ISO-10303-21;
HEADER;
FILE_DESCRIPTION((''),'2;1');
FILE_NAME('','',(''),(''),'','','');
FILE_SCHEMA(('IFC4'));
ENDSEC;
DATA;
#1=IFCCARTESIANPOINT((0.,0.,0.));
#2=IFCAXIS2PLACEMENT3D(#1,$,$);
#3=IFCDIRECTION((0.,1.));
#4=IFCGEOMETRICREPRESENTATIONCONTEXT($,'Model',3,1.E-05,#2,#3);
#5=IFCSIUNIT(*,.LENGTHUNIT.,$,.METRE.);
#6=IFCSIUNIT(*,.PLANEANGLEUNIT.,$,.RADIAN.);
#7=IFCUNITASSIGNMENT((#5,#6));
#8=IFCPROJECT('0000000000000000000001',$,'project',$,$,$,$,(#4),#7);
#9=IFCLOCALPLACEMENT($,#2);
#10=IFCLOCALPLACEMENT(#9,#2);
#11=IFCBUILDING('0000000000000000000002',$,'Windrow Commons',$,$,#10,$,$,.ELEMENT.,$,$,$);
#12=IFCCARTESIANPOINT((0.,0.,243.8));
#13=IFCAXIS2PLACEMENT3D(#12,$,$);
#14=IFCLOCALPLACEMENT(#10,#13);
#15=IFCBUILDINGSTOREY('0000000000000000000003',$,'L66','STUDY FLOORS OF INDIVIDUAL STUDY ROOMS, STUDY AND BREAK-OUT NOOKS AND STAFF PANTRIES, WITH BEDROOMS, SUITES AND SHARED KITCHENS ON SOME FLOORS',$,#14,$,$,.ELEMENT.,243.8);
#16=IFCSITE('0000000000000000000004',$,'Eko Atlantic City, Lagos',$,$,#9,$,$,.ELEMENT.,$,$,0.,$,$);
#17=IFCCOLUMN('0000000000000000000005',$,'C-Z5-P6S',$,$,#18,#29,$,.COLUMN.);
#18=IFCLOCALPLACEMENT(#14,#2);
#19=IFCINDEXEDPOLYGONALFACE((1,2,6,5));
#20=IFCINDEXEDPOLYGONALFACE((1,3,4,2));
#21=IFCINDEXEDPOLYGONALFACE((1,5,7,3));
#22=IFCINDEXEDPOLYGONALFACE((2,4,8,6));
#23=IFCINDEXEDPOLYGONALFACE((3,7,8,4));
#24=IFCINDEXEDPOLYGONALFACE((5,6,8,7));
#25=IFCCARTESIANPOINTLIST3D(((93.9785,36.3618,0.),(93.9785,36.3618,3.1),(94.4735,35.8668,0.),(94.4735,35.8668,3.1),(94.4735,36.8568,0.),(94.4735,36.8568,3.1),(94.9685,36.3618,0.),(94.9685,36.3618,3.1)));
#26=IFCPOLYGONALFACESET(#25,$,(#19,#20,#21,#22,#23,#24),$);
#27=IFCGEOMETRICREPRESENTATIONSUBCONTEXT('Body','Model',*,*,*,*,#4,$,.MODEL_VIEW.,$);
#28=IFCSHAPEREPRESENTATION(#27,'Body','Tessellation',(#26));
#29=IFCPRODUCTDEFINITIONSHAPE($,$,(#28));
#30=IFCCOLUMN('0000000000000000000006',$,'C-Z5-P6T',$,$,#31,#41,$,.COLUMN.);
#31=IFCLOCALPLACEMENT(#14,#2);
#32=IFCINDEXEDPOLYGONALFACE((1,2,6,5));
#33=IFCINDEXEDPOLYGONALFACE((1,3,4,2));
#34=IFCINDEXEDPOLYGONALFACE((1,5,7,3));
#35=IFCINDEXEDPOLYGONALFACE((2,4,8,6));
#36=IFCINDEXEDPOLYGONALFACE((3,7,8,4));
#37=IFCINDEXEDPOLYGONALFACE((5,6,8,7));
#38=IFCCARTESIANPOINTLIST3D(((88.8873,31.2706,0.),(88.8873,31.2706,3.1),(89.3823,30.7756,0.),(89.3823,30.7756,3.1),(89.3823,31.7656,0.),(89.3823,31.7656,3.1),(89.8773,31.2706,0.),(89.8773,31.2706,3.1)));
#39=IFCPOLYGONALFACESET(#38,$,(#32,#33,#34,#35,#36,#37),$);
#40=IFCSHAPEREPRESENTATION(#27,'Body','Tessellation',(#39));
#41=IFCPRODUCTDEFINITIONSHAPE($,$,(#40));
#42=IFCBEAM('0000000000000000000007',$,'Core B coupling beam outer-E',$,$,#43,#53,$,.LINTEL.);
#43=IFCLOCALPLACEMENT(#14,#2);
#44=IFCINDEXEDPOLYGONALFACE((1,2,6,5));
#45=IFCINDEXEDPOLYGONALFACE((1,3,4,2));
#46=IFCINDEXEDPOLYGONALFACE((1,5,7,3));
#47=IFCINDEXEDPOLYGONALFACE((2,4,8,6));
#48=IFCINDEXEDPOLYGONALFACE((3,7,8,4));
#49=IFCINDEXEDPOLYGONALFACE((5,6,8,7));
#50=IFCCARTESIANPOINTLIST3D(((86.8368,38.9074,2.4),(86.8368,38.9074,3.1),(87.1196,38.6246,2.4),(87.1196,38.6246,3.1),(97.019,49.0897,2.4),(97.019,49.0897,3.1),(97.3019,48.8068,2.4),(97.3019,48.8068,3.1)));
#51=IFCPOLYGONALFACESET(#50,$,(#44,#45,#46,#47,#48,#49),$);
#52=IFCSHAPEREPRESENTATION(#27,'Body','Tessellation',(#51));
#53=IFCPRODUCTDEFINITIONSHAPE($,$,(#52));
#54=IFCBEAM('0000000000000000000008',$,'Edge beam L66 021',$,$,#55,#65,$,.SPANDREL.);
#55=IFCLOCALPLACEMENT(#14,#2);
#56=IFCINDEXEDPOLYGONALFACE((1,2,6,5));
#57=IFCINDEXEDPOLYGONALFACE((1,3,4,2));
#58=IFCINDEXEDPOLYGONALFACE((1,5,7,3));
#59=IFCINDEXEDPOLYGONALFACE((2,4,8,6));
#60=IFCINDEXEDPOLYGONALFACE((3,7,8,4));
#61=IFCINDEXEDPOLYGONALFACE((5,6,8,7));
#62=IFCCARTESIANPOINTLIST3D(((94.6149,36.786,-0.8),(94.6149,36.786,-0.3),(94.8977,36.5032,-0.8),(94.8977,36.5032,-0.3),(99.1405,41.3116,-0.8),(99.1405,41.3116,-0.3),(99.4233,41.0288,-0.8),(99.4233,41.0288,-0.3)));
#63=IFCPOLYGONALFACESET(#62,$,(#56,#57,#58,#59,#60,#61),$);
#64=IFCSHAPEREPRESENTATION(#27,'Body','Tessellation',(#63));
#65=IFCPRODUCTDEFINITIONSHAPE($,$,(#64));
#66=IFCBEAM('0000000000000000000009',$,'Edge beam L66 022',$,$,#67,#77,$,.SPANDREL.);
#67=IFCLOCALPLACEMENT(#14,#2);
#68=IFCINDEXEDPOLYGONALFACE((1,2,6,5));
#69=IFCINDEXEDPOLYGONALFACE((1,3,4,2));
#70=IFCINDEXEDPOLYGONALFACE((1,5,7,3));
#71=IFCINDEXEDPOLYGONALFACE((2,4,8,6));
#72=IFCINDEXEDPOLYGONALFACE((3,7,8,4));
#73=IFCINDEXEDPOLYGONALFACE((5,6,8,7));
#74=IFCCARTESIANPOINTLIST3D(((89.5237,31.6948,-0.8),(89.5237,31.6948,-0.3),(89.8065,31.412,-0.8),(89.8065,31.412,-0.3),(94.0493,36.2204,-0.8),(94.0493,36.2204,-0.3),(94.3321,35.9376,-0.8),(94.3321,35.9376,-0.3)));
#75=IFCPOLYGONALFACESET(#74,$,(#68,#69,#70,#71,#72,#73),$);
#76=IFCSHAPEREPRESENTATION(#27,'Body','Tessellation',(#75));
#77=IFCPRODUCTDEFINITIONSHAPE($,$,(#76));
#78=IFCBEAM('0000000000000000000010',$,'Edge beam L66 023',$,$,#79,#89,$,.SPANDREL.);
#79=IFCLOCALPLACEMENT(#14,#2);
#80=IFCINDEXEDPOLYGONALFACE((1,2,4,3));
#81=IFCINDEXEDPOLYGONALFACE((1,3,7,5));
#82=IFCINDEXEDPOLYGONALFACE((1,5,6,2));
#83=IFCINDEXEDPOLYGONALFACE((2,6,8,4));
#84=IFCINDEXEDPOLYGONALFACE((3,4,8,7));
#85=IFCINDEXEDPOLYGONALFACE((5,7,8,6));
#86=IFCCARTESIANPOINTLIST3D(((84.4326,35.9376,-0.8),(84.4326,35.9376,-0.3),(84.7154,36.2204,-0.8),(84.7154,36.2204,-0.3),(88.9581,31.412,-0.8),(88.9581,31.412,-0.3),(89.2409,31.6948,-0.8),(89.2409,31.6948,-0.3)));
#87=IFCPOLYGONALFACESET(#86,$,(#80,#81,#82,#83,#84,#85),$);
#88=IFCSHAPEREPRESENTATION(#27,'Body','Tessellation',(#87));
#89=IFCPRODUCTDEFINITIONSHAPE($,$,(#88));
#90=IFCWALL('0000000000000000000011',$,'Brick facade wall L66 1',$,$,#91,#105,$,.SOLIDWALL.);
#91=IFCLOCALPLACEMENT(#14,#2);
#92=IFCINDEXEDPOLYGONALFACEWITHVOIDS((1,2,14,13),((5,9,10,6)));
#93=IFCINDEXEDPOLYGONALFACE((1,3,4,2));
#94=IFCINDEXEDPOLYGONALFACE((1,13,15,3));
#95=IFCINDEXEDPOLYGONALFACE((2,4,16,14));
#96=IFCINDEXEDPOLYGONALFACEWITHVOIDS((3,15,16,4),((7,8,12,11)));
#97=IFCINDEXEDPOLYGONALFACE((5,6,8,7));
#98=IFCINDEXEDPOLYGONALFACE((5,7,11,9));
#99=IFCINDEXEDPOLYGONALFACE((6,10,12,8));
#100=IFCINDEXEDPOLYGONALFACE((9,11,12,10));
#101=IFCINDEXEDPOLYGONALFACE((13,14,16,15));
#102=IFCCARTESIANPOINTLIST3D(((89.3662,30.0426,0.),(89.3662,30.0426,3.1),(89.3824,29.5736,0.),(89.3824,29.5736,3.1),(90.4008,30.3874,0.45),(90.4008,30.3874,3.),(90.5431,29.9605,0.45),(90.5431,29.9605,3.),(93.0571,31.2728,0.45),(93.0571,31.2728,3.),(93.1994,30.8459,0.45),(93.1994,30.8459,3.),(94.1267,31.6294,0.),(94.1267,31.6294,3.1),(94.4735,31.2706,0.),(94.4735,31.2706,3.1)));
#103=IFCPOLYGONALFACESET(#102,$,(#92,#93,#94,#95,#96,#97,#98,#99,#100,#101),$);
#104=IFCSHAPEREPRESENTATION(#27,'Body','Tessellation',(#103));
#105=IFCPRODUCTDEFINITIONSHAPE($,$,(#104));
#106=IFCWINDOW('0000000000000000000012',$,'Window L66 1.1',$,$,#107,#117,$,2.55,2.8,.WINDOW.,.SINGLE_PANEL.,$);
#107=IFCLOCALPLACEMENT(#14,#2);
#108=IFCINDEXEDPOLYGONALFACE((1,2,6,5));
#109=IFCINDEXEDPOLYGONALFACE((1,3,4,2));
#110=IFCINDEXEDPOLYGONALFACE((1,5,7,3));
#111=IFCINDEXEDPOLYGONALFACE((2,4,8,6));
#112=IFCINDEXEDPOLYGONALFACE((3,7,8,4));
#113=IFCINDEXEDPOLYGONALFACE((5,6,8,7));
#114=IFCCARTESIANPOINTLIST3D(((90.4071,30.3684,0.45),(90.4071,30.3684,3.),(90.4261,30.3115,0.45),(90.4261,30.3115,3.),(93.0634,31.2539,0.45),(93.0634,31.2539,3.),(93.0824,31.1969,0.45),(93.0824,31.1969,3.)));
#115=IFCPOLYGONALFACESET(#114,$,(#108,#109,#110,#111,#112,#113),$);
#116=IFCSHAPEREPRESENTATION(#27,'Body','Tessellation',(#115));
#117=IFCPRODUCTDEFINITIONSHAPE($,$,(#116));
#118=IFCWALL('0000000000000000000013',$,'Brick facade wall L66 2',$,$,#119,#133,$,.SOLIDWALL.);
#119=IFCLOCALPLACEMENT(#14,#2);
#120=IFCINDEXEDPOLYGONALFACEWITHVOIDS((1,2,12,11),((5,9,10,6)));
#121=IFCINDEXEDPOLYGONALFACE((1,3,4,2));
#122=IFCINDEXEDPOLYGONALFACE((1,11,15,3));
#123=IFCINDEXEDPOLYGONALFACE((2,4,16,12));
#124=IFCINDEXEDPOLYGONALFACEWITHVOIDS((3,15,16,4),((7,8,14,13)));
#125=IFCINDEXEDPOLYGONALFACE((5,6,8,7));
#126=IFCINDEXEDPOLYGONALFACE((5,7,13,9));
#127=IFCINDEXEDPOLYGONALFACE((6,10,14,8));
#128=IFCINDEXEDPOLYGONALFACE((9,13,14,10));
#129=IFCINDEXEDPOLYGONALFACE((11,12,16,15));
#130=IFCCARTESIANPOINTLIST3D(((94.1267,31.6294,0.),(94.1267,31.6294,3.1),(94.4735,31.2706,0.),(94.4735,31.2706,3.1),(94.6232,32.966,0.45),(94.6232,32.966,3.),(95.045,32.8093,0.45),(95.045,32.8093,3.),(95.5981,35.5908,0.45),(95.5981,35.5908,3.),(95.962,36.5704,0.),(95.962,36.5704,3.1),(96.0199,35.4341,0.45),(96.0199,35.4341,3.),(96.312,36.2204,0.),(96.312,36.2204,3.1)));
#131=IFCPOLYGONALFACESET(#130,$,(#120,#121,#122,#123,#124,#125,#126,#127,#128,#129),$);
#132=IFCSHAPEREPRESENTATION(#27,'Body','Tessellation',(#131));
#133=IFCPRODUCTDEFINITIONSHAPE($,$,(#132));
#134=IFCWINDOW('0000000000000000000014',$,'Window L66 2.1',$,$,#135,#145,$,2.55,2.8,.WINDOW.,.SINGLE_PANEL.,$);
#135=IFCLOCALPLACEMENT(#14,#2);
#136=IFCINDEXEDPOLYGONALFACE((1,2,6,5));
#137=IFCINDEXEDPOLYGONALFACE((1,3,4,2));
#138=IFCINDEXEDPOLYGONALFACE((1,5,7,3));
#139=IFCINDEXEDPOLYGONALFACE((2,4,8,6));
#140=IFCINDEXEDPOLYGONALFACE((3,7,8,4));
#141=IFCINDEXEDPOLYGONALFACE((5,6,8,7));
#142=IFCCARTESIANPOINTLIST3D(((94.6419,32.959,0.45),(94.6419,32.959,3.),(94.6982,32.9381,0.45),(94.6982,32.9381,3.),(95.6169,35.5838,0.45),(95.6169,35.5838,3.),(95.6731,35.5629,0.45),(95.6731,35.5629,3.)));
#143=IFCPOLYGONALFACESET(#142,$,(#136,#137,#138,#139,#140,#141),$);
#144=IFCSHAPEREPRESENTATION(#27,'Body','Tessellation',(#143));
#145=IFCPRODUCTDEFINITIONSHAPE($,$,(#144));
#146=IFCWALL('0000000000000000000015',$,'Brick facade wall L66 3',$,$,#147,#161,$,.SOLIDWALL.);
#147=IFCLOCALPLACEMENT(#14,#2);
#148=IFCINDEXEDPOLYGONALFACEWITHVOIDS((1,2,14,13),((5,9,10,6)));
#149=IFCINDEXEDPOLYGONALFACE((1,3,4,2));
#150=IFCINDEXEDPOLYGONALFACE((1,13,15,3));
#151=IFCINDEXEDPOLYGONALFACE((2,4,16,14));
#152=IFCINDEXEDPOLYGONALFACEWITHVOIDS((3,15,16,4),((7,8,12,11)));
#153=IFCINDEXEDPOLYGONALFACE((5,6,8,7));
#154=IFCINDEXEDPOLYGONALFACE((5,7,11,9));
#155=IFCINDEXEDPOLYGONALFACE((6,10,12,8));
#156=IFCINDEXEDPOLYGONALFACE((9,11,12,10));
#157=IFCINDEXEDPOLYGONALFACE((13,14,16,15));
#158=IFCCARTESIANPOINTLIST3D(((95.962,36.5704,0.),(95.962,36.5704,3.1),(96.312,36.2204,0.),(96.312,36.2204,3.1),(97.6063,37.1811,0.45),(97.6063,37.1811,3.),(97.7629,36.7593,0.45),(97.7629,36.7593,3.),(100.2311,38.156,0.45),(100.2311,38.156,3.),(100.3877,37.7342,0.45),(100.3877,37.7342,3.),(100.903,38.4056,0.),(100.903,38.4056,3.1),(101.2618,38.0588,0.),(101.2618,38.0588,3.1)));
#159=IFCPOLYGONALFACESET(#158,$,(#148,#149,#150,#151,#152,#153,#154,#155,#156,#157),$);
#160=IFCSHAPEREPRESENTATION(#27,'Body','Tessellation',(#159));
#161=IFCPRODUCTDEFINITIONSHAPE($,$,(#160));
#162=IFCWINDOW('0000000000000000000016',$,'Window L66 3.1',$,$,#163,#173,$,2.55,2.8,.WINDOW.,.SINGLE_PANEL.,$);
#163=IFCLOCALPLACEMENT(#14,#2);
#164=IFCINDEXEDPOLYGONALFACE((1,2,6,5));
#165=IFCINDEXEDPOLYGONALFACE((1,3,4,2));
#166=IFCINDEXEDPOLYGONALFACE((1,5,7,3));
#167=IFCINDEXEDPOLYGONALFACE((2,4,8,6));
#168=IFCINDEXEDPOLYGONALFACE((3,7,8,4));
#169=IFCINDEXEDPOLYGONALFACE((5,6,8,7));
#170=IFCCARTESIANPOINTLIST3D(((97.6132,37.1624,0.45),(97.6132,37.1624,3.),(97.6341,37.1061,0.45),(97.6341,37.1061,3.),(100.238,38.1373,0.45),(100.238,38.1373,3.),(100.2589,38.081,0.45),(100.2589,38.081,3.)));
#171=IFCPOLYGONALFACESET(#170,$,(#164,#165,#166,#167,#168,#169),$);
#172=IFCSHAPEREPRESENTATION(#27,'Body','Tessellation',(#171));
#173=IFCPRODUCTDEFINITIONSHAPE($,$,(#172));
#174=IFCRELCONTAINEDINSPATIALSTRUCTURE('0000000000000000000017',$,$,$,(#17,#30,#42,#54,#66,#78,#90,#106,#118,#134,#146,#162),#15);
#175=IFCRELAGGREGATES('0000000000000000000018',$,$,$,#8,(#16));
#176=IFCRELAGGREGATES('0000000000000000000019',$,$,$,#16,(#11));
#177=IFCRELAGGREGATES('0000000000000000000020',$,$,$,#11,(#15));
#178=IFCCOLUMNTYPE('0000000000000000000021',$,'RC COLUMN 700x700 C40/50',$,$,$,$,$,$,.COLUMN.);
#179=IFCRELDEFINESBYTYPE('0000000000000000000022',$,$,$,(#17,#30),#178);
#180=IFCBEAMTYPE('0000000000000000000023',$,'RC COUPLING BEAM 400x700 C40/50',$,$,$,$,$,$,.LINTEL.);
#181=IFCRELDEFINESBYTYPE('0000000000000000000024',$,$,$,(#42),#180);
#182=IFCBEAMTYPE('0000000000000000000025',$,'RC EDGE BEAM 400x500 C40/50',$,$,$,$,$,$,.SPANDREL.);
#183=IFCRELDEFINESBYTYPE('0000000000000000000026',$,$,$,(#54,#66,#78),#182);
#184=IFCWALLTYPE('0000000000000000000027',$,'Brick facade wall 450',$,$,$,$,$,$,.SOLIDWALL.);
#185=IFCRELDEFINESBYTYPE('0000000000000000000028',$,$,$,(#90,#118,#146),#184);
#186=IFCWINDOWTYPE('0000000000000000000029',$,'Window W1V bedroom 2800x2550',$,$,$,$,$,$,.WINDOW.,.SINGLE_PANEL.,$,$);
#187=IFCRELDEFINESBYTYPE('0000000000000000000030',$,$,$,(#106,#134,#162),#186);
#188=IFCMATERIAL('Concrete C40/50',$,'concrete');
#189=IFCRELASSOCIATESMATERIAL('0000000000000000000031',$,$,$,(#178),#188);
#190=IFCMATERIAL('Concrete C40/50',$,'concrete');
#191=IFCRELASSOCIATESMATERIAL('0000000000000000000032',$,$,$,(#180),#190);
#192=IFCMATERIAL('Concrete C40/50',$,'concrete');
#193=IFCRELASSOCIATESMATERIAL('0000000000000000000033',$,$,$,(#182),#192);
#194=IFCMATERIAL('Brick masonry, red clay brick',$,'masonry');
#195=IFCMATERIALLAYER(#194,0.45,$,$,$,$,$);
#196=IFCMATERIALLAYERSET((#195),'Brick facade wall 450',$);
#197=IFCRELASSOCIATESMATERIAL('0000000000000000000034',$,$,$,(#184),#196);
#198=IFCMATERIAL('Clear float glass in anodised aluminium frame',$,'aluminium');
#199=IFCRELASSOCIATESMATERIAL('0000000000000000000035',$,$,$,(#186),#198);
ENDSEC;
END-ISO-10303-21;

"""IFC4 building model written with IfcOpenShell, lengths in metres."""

from ifc_helpers import new_model, si_unit, direction, frame, frame_2d, origin, origin_2d, place, context, subcontext, project, spatial, polyline, rectangle, outline, extrude, material, layer, layer_set, material_profile, profile_set, type_object, element, fill, save


model = new_model("IFC4")

# Units and contexts
model_context = context("Model", 3, precision=1e-05, world=origin(), true_north=direction((0.0, 1.0)))
body_context = subcontext(model_context, "Body", "Model", "MODEL_VIEW")
ifc_project = project(units=[si_unit("LENGTHUNIT", "METRE"), si_unit("PLANEANGLEUNIT", "RADIAN")], contexts=[model_context])

# Site, building, storey
site_placement = place(None, origin())
site = spatial("IfcSite", under=ifc_project, at=site_placement, Name="Eko Atlantic City, Lagos", CompositionType="ELEMENT", RefElevation=0.0)
building_placement = place(site_placement, origin())
building = spatial("IfcBuilding", under=site, at=building_placement, Name="Windrow Commons", CompositionType="ELEMENT")
storey_placement = place(building_placement, frame((0.0, 0.0, 243.8)))
storey = spatial("IfcBuildingStorey", under=building, at=storey_placement, Name="L66", Description="STUDY FLOORS OF INDIVIDUAL STUDY ROOMS, STUDY AND BREAK-OUT NOOKS AND STAFF PANTRIES, WITH BEDROOMS, SUITES AND SHARED KITCHENS ON SOME FLOORS", CompositionType="ELEMENT", Elevation=243.8)

# Columns
ifc_material_1 = material(Name="Concrete C40/50", Category="concrete")
ifc_material_profile_1 = material_profile(ifc_material_1, rectangle(XDim=0.7, YDim=0.7, at=origin_2d()))
ifc_profile_set_1 = profile_set([ifc_material_profile_1], Name="Concrete C40/50")
column_type = type_object("IfcColumnType", Name="RC COLUMN 700x700 C40/50", PredefinedType="COLUMN", material=ifc_profile_set_1)
for number, where, z_axis, x_axis, name in (
    (1, (94.4735, 36.3618, 0.0), (0.0, 0.0, 1.0), (0.707107, -0.707107, 0.0), "C-Z5-P6S"),
    (2, (89.3823, 31.2706, 0.0), (0.0, 0.0, 1.0), (0.707107, -0.707107, 0.0), "C-Z5-P6T"),
):
    element("IfcColumn", number, at=place(storey_placement, frame(where, z_axis=z_axis, x_axis=x_axis)), inside=storey, type_object=column_type, Name=name, PredefinedType="COLUMN", context=body_context, shape_type="SweptSolid", body=[
        extrude(rectangle(XDim=0.7, YDim=0.7, at=origin_2d()), origin(), (0.0, 0.0, 1.0), 3.1),
    ])

# Beams
ifc_material_2 = material(Name="Concrete C40/50", Category="concrete")
ifc_material_profile_2 = material_profile(ifc_material_2, rectangle(XDim=0.4, YDim=0.7, at=origin_2d()))
ifc_profile_set_2 = profile_set([ifc_material_profile_2], Name="Concrete C40/50")
beam_type_1 = type_object("IfcBeamType", Name="RC COUPLING BEAM 400x700 C40/50", PredefinedType="LINTEL", material=ifc_profile_set_2)
beam_1_placement = place(storey_placement, frame((86.9782, 38.766, 2.75), z_axis=(0.707107, 0.707107, 0.0), x_axis=(-0.707107, 0.707107, 0.0)))
element("IfcBeam", 3, at=beam_1_placement, inside=storey, type_object=beam_type_1, Name="Core B coupling beam outer-E", PredefinedType="LINTEL", context=body_context, shape_type="SweptSolid", body=[
    extrude(rectangle(XDim=0.4, YDim=0.7, at=origin_2d()), origin(), (0.0, 0.0, 1.0), 14.3999),
])
ifc_material_3 = material(Name="Concrete C40/50", Category="concrete")
ifc_material_profile_3 = material_profile(ifc_material_3, rectangle(XDim=0.4, YDim=0.5, at=origin_2d()))
ifc_profile_set_3 = profile_set([ifc_material_profile_3], Name="Concrete C40/50")
beam_type_2 = type_object("IfcBeamType", Name="RC EDGE BEAM 400x500 C40/50", PredefinedType="SPANDREL", material=ifc_profile_set_3)
for number, where, z_axis, x_axis, name in (
    (4, (99.2819, 41.1702, -0.55), (-0.707107, -0.707107, 0.0), (0.707107, -0.707107, 0.0), "Edge beam L66 021"),
    (5, (94.1907, 36.079, -0.55), (-0.707107, -0.707107, 0.0), (0.707107, -0.707107, 0.0), "Edge beam L66 022"),
):
    element("IfcBeam", number, at=place(storey_placement, frame(where, z_axis=z_axis, x_axis=x_axis)), inside=storey, type_object=beam_type_2, Name=name, PredefinedType="SPANDREL", context=body_context, shape_type="SweptSolid", body=[
        extrude(rectangle(XDim=0.4, YDim=0.5, at=origin_2d()), origin(), (0.0, 0.0, 1.0), 6.4002),
    ])
beam_2_placement = place(storey_placement, frame((89.0995, 31.5534, -0.55), z_axis=(-0.707099, 0.707115, 0.0), x_axis=(-0.707115, -0.707099, 0.0)))
element("IfcBeam", 6, at=beam_2_placement, inside=storey, type_object=beam_type_2, Name="Edge beam L66 023", PredefinedType="SPANDREL", context=body_context, shape_type="SweptSolid", body=[
    extrude(rectangle(XDim=0.4, YDim=0.5, at=origin_2d()), origin(), (0.0, 0.0, 1.0), 6.4001),
])

# Walls, openings, windows
ifc_material_4 = material(Name="Brick masonry, red clay brick", Category="masonry")
ifc_layer_1 = layer(ifc_material_4, 0.45)
ifc_layer_set_1 = layer_set([ifc_layer_1], Name="Brick facade wall 450")
wall_type_1 = type_object("IfcWallType", Name="Brick facade wall 450", PredefinedType="SOLIDWALL", material=ifc_layer_set_1)
wall_1_placement = place(storey_placement, frame((89.3743, 29.8081, 0.0), z_axis=(0.0, 0.0, 1.0), x_axis=(0.948685, 0.316222, 0.0)))
wall_1 = element("IfcWall", 7, at=wall_1_placement, inside=storey, type_object=wall_type_1, Name="Brick facade wall L66 1", PredefinedType="SOLIDWALL", context=body_context, shape_type="SweptSolid", body=[
    extrude(outline(polyline([(-0.0665, -0.225), (5.3, -0.225), (5.0845, 0.225), (0.0665, 0.225), (-0.0665, -0.225)])), origin(), (0.0, 0.0, 1.0), 3.1),
])
opening_1_placement = place(wall_1_placement, frame((1.157, 0.0, 0.45)))
opening_1 = element("IfcOpeningElement", 8, at=opening_1_placement, cuts=wall_1, PredefinedType="OPENING", context=body_context, shape_type="SweptSolid", body=[
    extrude(rectangle(XDim=2.8, YDim=2.55, at=frame_2d((1.4, 1.275))), frame((0.0, 0.235, 0.0), z_axis=(0.0, -1.0, 0.0), x_axis=(1.0, 0.0, 0.0)), (0.0, 0.0, 1.0), 0.47),
])
ifc_material_5 = material(Name="Clear float glass in anodised aluminium frame", Category="aluminium")
window_type_1 = type_object("IfcWindowType", Name="Window W1V bedroom 2800x2550", PartitioningType="SINGLE_PANEL", PredefinedType="WINDOW", material=ifc_material_5)
window_1_placement = place(opening_1_placement, origin())
window_1 = element("IfcWindow", 9, at=window_1_placement, inside=storey, type_object=window_type_1, Name="Window L66 1.1", OverallHeight=2.55, OverallWidth=2.8, PartitioningType="SINGLE_PANEL", PredefinedType="WINDOW", context=body_context, shape_type="SweptSolid", body=[
    extrude(rectangle(XDim=2.8, YDim=2.55, at=frame_2d((1.4, 1.275))), frame((0.0, 0.205, 0.0), z_axis=(0.0, -1.0, 0.0), x_axis=(1.0, 0.0, 0.0)), (0.0, 0.0, 1.0), 0.06),
])
fill(opening_1, window_1)
wall_2_placement = place(storey_placement, frame((94.3001, 31.45, 0.0), z_axis=(0.0, 0.0, 1.0), x_axis=(0.348193, 0.937423, 0.0)))
wall_2 = element("IfcWall", 10, at=wall_2_placement, inside=storey, type_object=wall_type_1, Name="Brick facade wall L66 2", PredefinedType="SOLIDWALL", context=body_context, shape_type="SweptSolid", body=[
    extrude(outline(polyline([(-0.1078, -0.225), (5.1724, -0.225), (5.3786, 0.225), (0.1078, 0.225), (-0.1078, -0.225)])), origin(), (0.0, 0.0, 1.0), 3.1),
])
opening_2_placement = place(wall_2_placement, frame((1.5336, 0.0, 0.45)))
opening_2 = element("IfcOpeningElement", 11, at=opening_2_placement, cuts=wall_2, PredefinedType="OPENING", context=body_context, shape_type="SweptSolid", body=[
    extrude(rectangle(XDim=2.8, YDim=2.55, at=frame_2d((1.4, 1.275))), frame((0.0, 0.235, 0.0), z_axis=(0.0, -1.0, 0.0), x_axis=(1.0, 0.0, 0.0)), (0.0, 0.0, 1.0), 0.47),
])
window_2_placement = place(opening_2_placement, origin())
window_2 = element("IfcWindow", 12, at=window_2_placement, inside=storey, type_object=window_type_1, Name="Window L66 2.1", OverallHeight=2.55, OverallWidth=2.8, PartitioningType="SINGLE_PANEL", PredefinedType="WINDOW", context=body_context, shape_type="SweptSolid", body=[
    extrude(rectangle(XDim=2.8, YDim=2.55, at=frame_2d((1.4, 1.275))), frame((0.0, 0.205, 0.0), z_axis=(0.0, -1.0, 0.0), x_axis=(1.0, 0.0, 0.0)), (0.0, 0.0, 1.0), 0.06),
])
fill(opening_2, window_2)
wall_3_placement = place(storey_placement, frame((96.137, 36.3954, 0.0), z_axis=(0.0, 0.0, 1.0), x_axis=(0.937429, 0.348176, 0.0)))
wall_3 = element("IfcWall", 13, at=wall_3_placement, inside=storey, type_object=wall_type_1, Name="Brick facade wall L66 3", PredefinedType="SOLIDWALL", context=body_context, shape_type="SweptSolid", body=[
    extrude(outline(polyline([(0.1031, -0.225), (5.3833, -0.225), (5.1677, 0.225), (-0.1031, 0.225), (0.1031, -0.225)])), origin(), (0.0, 0.0, 1.0), 3.1),
])
opening_3_placement = place(wall_3_placement, frame((1.6509, 0.0, 0.45)))
opening_3 = element("IfcOpeningElement", 14, at=opening_3_placement, cuts=wall_3, PredefinedType="OPENING", context=body_context, shape_type="SweptSolid", body=[
    extrude(rectangle(XDim=2.8, YDim=2.55, at=frame_2d((1.4, 1.275))), frame((0.0, 0.235, 0.0), z_axis=(0.0, -1.0, 0.0), x_axis=(1.0, 0.0, 0.0)), (0.0, 0.0, 1.0), 0.47),
])
window_3_placement = place(opening_3_placement, origin())
window_3 = element("IfcWindow", 15, at=window_3_placement, inside=storey, type_object=window_type_1, Name="Window L66 3.1", OverallHeight=2.55, OverallWidth=2.8, PartitioningType="SINGLE_PANEL", PredefinedType="WINDOW", context=body_context, shape_type="SweptSolid", body=[
    extrude(rectangle(XDim=2.8, YDim=2.55, at=frame_2d((1.4, 1.275))), frame((0.0, 0.205, 0.0), z_axis=(0.0, -1.0, 0.0), x_axis=(1.0, 0.0, 0.0)), (0.0, 0.0, 1.0), 0.06),
])
fill(opening_3, window_3)

save(model, "model.ifc")
